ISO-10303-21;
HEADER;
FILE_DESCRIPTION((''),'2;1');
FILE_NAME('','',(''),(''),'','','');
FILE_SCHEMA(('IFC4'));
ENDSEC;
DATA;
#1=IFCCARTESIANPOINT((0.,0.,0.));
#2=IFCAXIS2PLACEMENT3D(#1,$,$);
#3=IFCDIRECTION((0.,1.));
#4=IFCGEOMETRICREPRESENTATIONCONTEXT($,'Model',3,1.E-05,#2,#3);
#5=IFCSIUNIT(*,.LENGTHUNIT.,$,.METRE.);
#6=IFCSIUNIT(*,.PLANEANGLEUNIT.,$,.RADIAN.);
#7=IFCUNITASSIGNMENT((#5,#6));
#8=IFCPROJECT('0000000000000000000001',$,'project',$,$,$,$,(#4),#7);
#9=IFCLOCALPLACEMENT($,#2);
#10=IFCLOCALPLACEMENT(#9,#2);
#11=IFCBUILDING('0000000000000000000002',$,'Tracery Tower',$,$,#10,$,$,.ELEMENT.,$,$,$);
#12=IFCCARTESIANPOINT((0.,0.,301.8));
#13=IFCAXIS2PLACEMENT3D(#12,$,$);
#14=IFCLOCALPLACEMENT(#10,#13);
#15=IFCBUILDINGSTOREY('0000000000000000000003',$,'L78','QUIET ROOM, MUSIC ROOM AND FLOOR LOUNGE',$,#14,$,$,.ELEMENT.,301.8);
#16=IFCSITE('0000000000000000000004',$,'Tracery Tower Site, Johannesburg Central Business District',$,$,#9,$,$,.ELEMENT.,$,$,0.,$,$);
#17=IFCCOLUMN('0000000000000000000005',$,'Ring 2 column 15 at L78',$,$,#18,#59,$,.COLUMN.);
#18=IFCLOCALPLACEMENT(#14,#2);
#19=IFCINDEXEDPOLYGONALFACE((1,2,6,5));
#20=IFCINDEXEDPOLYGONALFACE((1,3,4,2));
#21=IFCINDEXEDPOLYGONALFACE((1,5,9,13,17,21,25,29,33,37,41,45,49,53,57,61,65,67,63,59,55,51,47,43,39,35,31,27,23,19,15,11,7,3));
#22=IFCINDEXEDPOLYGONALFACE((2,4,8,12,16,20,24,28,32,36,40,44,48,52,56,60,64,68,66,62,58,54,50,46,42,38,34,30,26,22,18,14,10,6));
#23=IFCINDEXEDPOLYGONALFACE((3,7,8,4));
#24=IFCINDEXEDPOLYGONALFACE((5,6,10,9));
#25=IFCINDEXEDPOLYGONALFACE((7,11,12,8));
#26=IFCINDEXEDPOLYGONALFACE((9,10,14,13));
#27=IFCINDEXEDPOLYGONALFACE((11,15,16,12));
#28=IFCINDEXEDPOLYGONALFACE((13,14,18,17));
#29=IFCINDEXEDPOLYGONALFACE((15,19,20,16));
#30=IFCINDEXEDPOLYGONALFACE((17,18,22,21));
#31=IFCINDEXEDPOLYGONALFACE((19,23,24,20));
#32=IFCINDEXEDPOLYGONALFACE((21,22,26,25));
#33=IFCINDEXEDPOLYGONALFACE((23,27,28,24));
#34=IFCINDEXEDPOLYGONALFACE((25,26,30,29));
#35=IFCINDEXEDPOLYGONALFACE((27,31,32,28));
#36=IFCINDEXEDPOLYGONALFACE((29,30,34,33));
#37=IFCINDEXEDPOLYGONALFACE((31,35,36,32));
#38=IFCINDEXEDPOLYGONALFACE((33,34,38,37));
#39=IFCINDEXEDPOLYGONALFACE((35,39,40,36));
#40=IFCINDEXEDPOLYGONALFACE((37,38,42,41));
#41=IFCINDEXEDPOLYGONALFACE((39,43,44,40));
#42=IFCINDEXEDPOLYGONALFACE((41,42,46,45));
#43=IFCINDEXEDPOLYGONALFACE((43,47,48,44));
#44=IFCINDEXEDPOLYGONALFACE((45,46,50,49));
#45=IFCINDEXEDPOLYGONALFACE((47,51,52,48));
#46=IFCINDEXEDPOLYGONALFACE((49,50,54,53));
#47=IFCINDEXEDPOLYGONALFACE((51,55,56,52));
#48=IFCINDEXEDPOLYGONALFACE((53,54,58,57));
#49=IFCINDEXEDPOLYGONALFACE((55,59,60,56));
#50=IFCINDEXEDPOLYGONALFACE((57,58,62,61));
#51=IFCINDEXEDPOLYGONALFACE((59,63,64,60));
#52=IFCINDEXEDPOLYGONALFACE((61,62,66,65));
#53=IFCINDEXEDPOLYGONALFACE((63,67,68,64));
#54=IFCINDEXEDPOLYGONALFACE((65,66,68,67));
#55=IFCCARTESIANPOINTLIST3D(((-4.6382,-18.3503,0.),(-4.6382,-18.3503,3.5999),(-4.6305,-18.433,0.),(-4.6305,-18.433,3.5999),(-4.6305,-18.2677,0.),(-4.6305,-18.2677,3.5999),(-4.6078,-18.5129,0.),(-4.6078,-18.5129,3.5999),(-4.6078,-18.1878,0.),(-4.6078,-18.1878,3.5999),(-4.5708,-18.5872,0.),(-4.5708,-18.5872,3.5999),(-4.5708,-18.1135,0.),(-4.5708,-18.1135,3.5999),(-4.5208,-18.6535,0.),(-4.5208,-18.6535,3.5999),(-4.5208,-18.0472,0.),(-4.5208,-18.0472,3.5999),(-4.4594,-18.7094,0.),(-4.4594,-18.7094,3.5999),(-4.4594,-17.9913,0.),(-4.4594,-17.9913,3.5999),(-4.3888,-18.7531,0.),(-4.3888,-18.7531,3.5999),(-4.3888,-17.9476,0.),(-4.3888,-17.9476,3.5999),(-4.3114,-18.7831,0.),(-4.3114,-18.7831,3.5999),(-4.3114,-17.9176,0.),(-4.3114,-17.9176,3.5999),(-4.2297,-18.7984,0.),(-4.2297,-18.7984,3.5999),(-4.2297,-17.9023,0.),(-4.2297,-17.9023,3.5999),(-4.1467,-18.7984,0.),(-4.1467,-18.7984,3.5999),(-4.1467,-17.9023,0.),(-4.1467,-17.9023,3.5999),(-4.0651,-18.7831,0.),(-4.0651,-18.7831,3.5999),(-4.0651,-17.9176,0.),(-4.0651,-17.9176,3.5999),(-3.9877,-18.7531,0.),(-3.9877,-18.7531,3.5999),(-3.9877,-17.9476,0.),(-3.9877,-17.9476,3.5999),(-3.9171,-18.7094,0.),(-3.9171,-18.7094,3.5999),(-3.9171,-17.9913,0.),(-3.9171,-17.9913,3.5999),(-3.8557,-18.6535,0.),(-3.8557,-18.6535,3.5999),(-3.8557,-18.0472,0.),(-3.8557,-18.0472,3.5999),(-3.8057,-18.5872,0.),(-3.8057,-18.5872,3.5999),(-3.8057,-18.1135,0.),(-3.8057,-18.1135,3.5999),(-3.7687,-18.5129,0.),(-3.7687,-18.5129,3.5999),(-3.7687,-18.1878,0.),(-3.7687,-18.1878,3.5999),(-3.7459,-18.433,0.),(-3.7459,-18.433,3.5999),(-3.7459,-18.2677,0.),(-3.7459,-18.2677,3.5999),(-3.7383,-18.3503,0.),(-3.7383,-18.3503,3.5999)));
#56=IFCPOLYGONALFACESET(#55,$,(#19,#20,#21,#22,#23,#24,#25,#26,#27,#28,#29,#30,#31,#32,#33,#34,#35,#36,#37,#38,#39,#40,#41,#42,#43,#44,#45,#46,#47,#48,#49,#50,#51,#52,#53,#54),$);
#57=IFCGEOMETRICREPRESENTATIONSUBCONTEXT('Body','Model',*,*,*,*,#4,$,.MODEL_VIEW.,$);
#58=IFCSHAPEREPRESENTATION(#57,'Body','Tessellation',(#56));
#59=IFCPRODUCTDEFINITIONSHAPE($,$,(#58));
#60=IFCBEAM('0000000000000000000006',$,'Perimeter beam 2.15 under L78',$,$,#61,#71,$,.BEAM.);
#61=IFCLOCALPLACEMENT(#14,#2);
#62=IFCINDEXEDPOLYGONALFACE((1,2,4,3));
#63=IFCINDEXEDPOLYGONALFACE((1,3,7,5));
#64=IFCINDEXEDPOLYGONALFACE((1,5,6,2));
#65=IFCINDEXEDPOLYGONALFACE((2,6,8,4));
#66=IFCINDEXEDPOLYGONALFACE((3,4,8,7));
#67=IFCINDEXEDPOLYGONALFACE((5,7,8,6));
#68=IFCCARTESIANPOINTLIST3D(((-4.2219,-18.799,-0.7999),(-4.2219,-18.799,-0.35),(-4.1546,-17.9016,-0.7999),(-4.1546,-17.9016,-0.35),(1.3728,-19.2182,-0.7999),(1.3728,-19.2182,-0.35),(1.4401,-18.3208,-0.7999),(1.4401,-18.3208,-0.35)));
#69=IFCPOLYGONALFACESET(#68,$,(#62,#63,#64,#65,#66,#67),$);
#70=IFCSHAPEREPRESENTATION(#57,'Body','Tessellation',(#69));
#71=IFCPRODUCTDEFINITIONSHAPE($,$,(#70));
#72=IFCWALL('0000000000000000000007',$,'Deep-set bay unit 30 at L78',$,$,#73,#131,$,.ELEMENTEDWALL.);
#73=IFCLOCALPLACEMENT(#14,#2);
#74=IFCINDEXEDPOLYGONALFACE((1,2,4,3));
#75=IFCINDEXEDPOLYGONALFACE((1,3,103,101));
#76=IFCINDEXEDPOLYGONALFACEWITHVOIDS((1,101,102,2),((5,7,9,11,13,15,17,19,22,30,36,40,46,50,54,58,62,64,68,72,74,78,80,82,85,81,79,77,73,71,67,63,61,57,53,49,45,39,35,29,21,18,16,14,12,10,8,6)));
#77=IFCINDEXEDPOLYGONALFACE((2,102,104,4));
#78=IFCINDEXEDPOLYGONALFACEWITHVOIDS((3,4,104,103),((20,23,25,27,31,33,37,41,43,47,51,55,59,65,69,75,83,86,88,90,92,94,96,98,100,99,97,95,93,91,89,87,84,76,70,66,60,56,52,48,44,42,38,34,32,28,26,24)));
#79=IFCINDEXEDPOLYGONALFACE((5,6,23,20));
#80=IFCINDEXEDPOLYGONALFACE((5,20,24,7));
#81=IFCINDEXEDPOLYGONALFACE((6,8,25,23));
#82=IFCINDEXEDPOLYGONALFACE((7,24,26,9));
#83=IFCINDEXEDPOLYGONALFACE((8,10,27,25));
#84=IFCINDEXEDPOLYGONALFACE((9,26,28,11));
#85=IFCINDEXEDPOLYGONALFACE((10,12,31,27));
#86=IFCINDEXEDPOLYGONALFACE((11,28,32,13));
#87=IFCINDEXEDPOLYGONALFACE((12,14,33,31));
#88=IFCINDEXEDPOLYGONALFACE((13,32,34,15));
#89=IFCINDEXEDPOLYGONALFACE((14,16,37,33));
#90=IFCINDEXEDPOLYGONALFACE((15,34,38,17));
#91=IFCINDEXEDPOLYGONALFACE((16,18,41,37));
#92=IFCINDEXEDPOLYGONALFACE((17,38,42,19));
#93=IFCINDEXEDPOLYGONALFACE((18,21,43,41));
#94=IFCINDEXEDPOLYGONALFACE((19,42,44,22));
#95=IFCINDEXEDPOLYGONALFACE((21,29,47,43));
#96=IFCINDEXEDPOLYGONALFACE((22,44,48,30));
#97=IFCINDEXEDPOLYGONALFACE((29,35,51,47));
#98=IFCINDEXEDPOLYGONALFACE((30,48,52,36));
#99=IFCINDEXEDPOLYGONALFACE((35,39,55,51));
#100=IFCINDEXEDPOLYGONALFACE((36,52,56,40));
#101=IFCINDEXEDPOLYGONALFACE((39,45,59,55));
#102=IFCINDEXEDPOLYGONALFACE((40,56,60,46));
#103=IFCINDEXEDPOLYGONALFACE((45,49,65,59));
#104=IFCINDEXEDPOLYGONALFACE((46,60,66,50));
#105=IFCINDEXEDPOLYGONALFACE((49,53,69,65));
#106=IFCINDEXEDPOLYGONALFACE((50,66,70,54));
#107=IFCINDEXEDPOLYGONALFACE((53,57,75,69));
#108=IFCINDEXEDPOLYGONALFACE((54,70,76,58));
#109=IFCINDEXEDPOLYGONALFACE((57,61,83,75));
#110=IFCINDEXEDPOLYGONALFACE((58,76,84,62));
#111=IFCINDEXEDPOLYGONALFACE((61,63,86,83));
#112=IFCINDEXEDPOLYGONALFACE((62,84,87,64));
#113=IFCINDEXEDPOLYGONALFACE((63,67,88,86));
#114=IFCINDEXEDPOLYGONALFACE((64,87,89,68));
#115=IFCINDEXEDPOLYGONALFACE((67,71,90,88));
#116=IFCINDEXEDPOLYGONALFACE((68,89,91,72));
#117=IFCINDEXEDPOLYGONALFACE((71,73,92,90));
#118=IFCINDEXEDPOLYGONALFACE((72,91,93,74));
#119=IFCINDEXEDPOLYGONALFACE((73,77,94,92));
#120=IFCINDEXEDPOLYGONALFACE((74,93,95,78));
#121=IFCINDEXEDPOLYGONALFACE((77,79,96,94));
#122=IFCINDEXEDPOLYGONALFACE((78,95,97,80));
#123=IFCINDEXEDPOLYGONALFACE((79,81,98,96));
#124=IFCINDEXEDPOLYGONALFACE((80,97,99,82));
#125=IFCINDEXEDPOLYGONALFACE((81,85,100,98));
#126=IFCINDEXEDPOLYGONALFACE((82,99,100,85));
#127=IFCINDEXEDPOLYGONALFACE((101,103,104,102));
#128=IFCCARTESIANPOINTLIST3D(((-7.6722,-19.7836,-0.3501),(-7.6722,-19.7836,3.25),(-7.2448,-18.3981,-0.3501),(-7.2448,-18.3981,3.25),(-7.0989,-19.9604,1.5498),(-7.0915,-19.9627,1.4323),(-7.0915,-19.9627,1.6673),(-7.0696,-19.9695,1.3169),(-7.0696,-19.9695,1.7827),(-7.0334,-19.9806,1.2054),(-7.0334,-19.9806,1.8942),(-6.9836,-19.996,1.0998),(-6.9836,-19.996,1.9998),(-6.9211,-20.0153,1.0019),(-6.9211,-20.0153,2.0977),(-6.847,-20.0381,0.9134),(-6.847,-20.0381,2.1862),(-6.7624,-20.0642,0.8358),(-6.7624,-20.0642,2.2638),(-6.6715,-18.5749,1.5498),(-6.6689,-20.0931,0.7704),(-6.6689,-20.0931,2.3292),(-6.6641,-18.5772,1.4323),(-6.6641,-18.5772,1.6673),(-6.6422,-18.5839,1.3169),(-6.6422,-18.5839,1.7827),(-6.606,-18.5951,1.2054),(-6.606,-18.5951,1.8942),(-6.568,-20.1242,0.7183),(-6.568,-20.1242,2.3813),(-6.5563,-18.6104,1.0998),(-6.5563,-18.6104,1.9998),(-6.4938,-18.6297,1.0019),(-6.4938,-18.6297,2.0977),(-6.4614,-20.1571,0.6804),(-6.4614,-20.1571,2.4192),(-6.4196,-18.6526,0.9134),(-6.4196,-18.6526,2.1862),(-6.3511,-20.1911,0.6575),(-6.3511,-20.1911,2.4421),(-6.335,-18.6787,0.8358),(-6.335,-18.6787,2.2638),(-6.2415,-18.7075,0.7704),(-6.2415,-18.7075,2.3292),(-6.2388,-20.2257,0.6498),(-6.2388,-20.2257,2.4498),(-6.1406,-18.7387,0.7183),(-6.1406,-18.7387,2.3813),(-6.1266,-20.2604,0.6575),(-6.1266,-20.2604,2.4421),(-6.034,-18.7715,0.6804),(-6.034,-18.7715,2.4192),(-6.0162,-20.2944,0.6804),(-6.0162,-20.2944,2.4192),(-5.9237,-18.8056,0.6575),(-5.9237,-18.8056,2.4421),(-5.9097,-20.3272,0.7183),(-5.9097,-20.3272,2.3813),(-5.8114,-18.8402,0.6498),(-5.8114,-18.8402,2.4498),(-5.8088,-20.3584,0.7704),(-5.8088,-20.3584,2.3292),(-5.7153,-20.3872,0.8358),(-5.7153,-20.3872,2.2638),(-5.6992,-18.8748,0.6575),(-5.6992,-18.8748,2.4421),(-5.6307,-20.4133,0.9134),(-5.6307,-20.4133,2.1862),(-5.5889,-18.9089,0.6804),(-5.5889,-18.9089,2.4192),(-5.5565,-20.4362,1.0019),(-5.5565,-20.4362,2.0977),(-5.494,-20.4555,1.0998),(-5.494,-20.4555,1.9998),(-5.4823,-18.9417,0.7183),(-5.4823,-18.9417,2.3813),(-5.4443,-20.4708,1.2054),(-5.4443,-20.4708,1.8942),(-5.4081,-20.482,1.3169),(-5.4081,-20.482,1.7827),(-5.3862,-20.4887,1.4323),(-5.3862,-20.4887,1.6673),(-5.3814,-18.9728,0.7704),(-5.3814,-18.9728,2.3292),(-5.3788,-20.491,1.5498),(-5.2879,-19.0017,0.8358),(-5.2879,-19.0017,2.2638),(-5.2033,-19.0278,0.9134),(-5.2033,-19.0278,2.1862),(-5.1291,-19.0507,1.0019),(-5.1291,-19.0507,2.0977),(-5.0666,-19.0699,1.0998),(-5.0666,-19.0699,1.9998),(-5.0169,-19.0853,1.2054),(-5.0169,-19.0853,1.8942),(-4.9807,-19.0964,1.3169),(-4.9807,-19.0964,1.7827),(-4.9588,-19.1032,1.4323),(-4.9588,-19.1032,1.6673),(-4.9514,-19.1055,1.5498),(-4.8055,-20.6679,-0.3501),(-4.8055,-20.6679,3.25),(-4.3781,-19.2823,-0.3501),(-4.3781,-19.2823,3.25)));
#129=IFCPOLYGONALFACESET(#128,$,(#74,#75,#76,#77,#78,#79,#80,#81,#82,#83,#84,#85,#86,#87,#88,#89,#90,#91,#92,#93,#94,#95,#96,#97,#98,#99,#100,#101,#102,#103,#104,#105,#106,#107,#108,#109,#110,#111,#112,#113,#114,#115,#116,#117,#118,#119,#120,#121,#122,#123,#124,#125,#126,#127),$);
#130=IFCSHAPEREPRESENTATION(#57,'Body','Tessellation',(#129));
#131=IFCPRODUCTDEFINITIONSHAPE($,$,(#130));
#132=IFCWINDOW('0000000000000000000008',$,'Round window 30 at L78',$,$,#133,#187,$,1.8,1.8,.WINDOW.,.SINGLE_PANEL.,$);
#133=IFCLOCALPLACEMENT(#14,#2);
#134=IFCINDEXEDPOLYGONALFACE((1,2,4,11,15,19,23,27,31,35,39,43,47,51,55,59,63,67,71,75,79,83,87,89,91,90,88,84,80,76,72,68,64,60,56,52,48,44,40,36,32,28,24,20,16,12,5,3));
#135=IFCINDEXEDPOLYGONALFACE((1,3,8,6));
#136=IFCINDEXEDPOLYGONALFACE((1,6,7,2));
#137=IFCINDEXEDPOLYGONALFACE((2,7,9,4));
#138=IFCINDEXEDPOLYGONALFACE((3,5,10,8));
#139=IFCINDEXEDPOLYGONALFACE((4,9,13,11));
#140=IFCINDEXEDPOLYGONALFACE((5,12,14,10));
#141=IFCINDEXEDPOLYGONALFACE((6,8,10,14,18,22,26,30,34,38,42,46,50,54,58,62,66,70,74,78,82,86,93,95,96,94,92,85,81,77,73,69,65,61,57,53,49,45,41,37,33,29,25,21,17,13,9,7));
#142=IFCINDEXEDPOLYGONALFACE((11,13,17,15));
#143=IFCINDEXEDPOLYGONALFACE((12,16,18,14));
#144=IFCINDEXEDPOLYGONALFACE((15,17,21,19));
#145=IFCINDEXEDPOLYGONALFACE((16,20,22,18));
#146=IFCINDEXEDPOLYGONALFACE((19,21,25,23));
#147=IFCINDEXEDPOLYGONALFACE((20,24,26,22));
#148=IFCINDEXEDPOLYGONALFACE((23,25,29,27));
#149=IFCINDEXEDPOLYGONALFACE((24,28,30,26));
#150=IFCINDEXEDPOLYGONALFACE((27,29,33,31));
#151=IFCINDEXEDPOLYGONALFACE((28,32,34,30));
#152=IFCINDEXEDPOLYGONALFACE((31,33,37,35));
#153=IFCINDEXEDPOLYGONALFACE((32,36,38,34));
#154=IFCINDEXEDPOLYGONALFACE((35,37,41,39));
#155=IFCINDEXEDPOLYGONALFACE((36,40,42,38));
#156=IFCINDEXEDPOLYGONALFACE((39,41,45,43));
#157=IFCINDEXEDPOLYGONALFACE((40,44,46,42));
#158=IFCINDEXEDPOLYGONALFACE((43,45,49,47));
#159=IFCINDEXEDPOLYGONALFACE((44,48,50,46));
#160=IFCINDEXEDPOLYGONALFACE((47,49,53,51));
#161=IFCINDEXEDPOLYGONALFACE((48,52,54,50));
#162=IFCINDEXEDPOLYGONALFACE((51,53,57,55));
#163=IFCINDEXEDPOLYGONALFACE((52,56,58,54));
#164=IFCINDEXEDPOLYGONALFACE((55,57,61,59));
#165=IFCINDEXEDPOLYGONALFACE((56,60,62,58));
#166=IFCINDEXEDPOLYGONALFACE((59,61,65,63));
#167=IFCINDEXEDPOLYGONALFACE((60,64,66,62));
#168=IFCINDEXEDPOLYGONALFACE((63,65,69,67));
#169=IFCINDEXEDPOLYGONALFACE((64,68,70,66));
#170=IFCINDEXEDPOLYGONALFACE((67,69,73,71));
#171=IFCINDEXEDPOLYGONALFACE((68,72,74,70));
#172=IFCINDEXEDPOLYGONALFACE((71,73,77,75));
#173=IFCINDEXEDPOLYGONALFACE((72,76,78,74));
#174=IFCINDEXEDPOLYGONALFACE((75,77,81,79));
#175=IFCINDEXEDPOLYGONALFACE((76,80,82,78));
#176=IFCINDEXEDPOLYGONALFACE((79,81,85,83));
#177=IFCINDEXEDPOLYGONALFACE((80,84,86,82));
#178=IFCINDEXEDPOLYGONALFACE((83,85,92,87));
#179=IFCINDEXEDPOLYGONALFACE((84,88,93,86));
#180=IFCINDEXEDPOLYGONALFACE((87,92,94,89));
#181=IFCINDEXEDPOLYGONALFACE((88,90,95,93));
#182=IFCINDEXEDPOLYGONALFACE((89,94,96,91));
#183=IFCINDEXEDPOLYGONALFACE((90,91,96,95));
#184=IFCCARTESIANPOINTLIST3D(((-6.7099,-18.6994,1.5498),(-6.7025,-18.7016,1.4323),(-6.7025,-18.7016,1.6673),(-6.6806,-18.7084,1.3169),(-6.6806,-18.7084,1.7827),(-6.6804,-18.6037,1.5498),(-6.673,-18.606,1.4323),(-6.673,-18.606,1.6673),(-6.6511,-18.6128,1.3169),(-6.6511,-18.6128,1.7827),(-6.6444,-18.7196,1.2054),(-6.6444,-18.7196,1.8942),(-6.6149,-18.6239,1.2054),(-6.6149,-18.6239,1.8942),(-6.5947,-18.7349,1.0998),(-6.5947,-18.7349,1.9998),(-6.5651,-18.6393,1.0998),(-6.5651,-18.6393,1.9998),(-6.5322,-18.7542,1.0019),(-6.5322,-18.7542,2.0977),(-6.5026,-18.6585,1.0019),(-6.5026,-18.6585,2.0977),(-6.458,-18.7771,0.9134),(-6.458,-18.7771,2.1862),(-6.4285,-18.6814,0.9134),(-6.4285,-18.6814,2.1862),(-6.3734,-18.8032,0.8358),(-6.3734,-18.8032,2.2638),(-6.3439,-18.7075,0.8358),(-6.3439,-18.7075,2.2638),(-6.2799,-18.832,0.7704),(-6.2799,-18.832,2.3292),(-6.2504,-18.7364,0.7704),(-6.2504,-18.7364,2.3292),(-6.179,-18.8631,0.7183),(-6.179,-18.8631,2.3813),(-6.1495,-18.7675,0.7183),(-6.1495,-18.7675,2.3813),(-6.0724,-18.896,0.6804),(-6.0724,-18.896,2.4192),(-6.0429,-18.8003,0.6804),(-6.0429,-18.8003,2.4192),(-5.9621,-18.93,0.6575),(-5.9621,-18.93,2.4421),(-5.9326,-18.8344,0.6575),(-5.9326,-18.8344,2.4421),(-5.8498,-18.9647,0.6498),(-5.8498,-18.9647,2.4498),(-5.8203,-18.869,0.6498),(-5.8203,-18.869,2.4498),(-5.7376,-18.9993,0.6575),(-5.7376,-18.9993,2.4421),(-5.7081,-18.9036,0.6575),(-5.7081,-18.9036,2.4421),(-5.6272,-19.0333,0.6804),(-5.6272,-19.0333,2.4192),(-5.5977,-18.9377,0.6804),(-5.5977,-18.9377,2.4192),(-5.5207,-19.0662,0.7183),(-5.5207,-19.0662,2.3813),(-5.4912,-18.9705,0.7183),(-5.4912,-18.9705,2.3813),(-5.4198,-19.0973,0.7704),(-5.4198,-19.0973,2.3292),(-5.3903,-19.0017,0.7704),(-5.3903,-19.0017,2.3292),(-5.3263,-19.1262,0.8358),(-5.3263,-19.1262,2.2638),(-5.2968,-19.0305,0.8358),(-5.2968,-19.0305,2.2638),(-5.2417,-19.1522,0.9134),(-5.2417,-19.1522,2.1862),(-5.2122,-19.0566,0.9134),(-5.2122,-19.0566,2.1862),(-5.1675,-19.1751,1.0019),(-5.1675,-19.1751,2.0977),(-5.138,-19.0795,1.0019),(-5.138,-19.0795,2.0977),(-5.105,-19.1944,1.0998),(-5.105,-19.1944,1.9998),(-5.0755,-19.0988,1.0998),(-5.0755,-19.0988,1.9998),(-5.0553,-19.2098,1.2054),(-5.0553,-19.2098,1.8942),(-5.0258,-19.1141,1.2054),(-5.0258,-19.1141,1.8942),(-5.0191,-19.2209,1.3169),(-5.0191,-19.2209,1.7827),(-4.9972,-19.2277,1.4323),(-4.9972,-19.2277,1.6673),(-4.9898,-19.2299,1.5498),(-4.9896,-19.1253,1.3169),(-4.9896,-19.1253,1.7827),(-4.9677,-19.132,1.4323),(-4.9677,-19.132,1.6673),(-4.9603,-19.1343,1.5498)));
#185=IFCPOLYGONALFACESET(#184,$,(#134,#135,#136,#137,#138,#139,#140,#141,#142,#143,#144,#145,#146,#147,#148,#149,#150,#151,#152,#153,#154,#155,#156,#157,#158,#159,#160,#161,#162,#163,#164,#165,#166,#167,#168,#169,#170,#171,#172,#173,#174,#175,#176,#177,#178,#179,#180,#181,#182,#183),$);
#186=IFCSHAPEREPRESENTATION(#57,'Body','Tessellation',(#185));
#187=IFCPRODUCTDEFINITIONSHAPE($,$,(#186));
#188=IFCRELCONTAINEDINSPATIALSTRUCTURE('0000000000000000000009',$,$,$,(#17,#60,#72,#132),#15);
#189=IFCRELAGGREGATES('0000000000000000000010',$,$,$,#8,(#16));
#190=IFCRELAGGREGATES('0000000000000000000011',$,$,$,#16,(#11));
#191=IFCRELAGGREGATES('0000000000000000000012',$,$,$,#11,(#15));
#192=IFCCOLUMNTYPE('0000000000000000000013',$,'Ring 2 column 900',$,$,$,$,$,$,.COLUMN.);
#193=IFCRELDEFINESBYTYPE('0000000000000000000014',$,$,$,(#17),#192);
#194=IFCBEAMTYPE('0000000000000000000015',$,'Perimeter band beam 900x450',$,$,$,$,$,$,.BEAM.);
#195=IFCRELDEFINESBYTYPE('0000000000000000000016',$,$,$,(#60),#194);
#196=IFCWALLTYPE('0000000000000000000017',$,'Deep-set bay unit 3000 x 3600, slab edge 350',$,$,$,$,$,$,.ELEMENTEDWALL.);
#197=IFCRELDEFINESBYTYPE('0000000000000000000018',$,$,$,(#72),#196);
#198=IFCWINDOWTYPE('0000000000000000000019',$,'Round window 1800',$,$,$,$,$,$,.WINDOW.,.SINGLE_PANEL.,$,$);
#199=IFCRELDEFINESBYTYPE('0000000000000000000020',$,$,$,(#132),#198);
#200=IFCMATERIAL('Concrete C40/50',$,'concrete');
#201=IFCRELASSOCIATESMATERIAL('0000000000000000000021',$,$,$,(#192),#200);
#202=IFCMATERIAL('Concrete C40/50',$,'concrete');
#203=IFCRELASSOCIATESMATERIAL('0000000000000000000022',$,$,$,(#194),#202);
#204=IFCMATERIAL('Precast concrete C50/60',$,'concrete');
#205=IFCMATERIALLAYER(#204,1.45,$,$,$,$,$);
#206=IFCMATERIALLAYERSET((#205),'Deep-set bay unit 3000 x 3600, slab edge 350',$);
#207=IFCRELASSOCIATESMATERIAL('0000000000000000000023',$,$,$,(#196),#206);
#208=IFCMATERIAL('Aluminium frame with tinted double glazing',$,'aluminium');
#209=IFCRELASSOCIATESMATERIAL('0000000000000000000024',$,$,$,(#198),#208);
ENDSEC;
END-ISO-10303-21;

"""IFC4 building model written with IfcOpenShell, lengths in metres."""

from ifc_helpers import new_model, si_unit, direction, frame, frame_2d, origin, origin_2d, place, context, subcontext, project, spatial, rectangle, circle, extrude, material, layer, layer_set, material_profile, profile_set, type_object, element, fill, save


model = new_model("IFC4")

# Units and contexts
model_context = context("Model", 3, precision=1e-05, world=origin(), true_north=direction((0.0, 1.0)))
body_context = subcontext(model_context, "Body", "Model", "MODEL_VIEW")
ifc_project = project(units=[si_unit("LENGTHUNIT", "METRE"), si_unit("PLANEANGLEUNIT", "RADIAN")], contexts=[model_context])

# Site, building, storey
site_placement = place(None, origin())
site = spatial("IfcSite", under=ifc_project, at=site_placement, Name="Tracery Tower Site, Johannesburg Central Business District", CompositionType="ELEMENT", RefElevation=0.0)
building_placement = place(site_placement, origin())
building = spatial("IfcBuilding", under=site, at=building_placement, Name="Tracery Tower", CompositionType="ELEMENT")
storey_placement = place(building_placement, frame((0.0, 0.0, 301.8)))
storey = spatial("IfcBuildingStorey", under=building, at=storey_placement, Name="L78", Description="QUIET ROOM, MUSIC ROOM AND FLOOR LOUNGE", CompositionType="ELEMENT", Elevation=301.8)

# Column
ifc_material_1 = material(Name="Concrete C40/50", Category="concrete")
ifc_material_profile_1 = material_profile(ifc_material_1, circle(Radius=0.45, at=origin_2d()), Name="RC D900")
ifc_profile_set_1 = profile_set([ifc_material_profile_1], Name="Concrete C40/50")
column_type = type_object("IfcColumnType", Name="Ring 2 column 900", PredefinedType="COLUMN", material=ifc_profile_set_1)
column_placement = place(storey_placement, frame((-4.1882, -18.3503, 0.0), z_axis=(0.0, 0.0, 1.0), x_axis=(1.0, 0.0, 0.0)))
element("IfcColumn", 1, at=column_placement, inside=storey, type_object=column_type, Name="Ring 2 column 15 at L78", PredefinedType="COLUMN", context=body_context, shape_type="SweptSolid", body=[
    extrude(circle(Radius=0.45, at=origin_2d()), origin(), (0.0, 0.0, 1.0), 3.5999),
])

# Beam
ifc_material_2 = material(Name="Concrete C40/50", Category="concrete")
ifc_material_profile_2 = material_profile(ifc_material_2, rectangle(XDim=0.8999, YDim=0.45, at=origin_2d()), Name="RC 900x450")
ifc_profile_set_2 = profile_set([ifc_material_profile_2], Name="Concrete C40/50")
beam_type = type_object("IfcBeamType", Name="Perimeter band beam 900x450", PredefinedType="BEAM", material=ifc_profile_set_2)
beam_placement = place(storey_placement, frame((-4.1882, -18.3503, -0.575), z_axis=(0.997205, -0.074716, 0.0), x_axis=(0.074716, 0.997205, 0.0)))
element("IfcBeam", 2, at=beam_placement, inside=storey, type_object=beam_type, Name="Perimeter beam 2.15 under L78", PredefinedType="BEAM", context=body_context, shape_type="SweptSolid", body=[
    extrude(rectangle(XDim=0.8999, YDim=0.45, at=origin_2d()), origin(), (0.0, 0.0, 1.0), 5.6104),
])

# Wall, opening, window
ifc_material_3 = material(Name="Precast concrete C50/60", Category="concrete")
ifc_layer_1 = layer(ifc_material_3, 1.45)
ifc_layer_set_1 = layer_set([ifc_layer_1], Name="Deep-set bay unit 3000 x 3600, slab edge 350")
wall_type_1 = type_object("IfcWallType", Name="Deep-set bay unit 3000 x 3600, slab edge 350", PredefinedType="ELEMENTEDWALL", material=ifc_layer_set_1)
wall_1_placement = place(storey_placement, frame((-7.4585, -19.0908, -0.3501), z_axis=(0.0, 0.0, 1.0), x_axis=(0.955571, -0.294761, 0.0)))
wall_1 = element("IfcWall", 3, at=wall_1_placement, inside=storey, type_object=wall_type_1, Name="Deep-set bay unit 30 at L78", PredefinedType="ELEMENTEDWALL", context=body_context, shape_type="SweptSolid", body=[
    extrude(rectangle(XDim=3.0, YDim=1.45, at=frame_2d((1.5, 0.0))), origin(), (0.0, 0.0, 1.0), 3.6001),
])
opening_1_placement = place(wall_1_placement, frame((1.5, 0.0, 1.8999)))
opening_1 = element("IfcOpeningElement", 4, at=opening_1_placement, cuts=wall_1, PredefinedType="OPENING", context=body_context, shape_type="SweptSolid", body=[
    extrude(circle(Radius=0.9, at=origin_2d()), frame((0.0, 0.7349, 0.0), z_axis=(0.0, -1.0, 0.0), x_axis=(1.0, 0.0, 0.0)), (0.0, 0.0, 1.0), 1.47),
])
ifc_material_4 = material(Name="Aluminium frame with tinted double glazing", Category="aluminium")
window_type = type_object("IfcWindowType", Name="Round window 1800", PartitioningType="SINGLE_PANEL", PredefinedType="WINDOW", material=ifc_material_4)
window_1_placement = place(opening_1_placement, origin())
window_1 = element("IfcWindow", 5, at=window_1_placement, inside=storey, type_object=window_type, Name="Round window 30 at L78", OverallHeight=1.8, OverallWidth=1.8, PartitioningType="SINGLE_PANEL", PredefinedType="WINDOW", context=body_context, shape_type="SweptSolid", body=[
    extrude(circle(Radius=0.9, at=origin_2d()), frame((0.0, 0.6948, 0.0), z_axis=(0.0, -1.0, 0.0), x_axis=(1.0, 0.0, 0.0)), (0.0, 0.0, 1.0), 0.1001),
])
fill(opening_1, window_1)

save(model, "model.ifc")
